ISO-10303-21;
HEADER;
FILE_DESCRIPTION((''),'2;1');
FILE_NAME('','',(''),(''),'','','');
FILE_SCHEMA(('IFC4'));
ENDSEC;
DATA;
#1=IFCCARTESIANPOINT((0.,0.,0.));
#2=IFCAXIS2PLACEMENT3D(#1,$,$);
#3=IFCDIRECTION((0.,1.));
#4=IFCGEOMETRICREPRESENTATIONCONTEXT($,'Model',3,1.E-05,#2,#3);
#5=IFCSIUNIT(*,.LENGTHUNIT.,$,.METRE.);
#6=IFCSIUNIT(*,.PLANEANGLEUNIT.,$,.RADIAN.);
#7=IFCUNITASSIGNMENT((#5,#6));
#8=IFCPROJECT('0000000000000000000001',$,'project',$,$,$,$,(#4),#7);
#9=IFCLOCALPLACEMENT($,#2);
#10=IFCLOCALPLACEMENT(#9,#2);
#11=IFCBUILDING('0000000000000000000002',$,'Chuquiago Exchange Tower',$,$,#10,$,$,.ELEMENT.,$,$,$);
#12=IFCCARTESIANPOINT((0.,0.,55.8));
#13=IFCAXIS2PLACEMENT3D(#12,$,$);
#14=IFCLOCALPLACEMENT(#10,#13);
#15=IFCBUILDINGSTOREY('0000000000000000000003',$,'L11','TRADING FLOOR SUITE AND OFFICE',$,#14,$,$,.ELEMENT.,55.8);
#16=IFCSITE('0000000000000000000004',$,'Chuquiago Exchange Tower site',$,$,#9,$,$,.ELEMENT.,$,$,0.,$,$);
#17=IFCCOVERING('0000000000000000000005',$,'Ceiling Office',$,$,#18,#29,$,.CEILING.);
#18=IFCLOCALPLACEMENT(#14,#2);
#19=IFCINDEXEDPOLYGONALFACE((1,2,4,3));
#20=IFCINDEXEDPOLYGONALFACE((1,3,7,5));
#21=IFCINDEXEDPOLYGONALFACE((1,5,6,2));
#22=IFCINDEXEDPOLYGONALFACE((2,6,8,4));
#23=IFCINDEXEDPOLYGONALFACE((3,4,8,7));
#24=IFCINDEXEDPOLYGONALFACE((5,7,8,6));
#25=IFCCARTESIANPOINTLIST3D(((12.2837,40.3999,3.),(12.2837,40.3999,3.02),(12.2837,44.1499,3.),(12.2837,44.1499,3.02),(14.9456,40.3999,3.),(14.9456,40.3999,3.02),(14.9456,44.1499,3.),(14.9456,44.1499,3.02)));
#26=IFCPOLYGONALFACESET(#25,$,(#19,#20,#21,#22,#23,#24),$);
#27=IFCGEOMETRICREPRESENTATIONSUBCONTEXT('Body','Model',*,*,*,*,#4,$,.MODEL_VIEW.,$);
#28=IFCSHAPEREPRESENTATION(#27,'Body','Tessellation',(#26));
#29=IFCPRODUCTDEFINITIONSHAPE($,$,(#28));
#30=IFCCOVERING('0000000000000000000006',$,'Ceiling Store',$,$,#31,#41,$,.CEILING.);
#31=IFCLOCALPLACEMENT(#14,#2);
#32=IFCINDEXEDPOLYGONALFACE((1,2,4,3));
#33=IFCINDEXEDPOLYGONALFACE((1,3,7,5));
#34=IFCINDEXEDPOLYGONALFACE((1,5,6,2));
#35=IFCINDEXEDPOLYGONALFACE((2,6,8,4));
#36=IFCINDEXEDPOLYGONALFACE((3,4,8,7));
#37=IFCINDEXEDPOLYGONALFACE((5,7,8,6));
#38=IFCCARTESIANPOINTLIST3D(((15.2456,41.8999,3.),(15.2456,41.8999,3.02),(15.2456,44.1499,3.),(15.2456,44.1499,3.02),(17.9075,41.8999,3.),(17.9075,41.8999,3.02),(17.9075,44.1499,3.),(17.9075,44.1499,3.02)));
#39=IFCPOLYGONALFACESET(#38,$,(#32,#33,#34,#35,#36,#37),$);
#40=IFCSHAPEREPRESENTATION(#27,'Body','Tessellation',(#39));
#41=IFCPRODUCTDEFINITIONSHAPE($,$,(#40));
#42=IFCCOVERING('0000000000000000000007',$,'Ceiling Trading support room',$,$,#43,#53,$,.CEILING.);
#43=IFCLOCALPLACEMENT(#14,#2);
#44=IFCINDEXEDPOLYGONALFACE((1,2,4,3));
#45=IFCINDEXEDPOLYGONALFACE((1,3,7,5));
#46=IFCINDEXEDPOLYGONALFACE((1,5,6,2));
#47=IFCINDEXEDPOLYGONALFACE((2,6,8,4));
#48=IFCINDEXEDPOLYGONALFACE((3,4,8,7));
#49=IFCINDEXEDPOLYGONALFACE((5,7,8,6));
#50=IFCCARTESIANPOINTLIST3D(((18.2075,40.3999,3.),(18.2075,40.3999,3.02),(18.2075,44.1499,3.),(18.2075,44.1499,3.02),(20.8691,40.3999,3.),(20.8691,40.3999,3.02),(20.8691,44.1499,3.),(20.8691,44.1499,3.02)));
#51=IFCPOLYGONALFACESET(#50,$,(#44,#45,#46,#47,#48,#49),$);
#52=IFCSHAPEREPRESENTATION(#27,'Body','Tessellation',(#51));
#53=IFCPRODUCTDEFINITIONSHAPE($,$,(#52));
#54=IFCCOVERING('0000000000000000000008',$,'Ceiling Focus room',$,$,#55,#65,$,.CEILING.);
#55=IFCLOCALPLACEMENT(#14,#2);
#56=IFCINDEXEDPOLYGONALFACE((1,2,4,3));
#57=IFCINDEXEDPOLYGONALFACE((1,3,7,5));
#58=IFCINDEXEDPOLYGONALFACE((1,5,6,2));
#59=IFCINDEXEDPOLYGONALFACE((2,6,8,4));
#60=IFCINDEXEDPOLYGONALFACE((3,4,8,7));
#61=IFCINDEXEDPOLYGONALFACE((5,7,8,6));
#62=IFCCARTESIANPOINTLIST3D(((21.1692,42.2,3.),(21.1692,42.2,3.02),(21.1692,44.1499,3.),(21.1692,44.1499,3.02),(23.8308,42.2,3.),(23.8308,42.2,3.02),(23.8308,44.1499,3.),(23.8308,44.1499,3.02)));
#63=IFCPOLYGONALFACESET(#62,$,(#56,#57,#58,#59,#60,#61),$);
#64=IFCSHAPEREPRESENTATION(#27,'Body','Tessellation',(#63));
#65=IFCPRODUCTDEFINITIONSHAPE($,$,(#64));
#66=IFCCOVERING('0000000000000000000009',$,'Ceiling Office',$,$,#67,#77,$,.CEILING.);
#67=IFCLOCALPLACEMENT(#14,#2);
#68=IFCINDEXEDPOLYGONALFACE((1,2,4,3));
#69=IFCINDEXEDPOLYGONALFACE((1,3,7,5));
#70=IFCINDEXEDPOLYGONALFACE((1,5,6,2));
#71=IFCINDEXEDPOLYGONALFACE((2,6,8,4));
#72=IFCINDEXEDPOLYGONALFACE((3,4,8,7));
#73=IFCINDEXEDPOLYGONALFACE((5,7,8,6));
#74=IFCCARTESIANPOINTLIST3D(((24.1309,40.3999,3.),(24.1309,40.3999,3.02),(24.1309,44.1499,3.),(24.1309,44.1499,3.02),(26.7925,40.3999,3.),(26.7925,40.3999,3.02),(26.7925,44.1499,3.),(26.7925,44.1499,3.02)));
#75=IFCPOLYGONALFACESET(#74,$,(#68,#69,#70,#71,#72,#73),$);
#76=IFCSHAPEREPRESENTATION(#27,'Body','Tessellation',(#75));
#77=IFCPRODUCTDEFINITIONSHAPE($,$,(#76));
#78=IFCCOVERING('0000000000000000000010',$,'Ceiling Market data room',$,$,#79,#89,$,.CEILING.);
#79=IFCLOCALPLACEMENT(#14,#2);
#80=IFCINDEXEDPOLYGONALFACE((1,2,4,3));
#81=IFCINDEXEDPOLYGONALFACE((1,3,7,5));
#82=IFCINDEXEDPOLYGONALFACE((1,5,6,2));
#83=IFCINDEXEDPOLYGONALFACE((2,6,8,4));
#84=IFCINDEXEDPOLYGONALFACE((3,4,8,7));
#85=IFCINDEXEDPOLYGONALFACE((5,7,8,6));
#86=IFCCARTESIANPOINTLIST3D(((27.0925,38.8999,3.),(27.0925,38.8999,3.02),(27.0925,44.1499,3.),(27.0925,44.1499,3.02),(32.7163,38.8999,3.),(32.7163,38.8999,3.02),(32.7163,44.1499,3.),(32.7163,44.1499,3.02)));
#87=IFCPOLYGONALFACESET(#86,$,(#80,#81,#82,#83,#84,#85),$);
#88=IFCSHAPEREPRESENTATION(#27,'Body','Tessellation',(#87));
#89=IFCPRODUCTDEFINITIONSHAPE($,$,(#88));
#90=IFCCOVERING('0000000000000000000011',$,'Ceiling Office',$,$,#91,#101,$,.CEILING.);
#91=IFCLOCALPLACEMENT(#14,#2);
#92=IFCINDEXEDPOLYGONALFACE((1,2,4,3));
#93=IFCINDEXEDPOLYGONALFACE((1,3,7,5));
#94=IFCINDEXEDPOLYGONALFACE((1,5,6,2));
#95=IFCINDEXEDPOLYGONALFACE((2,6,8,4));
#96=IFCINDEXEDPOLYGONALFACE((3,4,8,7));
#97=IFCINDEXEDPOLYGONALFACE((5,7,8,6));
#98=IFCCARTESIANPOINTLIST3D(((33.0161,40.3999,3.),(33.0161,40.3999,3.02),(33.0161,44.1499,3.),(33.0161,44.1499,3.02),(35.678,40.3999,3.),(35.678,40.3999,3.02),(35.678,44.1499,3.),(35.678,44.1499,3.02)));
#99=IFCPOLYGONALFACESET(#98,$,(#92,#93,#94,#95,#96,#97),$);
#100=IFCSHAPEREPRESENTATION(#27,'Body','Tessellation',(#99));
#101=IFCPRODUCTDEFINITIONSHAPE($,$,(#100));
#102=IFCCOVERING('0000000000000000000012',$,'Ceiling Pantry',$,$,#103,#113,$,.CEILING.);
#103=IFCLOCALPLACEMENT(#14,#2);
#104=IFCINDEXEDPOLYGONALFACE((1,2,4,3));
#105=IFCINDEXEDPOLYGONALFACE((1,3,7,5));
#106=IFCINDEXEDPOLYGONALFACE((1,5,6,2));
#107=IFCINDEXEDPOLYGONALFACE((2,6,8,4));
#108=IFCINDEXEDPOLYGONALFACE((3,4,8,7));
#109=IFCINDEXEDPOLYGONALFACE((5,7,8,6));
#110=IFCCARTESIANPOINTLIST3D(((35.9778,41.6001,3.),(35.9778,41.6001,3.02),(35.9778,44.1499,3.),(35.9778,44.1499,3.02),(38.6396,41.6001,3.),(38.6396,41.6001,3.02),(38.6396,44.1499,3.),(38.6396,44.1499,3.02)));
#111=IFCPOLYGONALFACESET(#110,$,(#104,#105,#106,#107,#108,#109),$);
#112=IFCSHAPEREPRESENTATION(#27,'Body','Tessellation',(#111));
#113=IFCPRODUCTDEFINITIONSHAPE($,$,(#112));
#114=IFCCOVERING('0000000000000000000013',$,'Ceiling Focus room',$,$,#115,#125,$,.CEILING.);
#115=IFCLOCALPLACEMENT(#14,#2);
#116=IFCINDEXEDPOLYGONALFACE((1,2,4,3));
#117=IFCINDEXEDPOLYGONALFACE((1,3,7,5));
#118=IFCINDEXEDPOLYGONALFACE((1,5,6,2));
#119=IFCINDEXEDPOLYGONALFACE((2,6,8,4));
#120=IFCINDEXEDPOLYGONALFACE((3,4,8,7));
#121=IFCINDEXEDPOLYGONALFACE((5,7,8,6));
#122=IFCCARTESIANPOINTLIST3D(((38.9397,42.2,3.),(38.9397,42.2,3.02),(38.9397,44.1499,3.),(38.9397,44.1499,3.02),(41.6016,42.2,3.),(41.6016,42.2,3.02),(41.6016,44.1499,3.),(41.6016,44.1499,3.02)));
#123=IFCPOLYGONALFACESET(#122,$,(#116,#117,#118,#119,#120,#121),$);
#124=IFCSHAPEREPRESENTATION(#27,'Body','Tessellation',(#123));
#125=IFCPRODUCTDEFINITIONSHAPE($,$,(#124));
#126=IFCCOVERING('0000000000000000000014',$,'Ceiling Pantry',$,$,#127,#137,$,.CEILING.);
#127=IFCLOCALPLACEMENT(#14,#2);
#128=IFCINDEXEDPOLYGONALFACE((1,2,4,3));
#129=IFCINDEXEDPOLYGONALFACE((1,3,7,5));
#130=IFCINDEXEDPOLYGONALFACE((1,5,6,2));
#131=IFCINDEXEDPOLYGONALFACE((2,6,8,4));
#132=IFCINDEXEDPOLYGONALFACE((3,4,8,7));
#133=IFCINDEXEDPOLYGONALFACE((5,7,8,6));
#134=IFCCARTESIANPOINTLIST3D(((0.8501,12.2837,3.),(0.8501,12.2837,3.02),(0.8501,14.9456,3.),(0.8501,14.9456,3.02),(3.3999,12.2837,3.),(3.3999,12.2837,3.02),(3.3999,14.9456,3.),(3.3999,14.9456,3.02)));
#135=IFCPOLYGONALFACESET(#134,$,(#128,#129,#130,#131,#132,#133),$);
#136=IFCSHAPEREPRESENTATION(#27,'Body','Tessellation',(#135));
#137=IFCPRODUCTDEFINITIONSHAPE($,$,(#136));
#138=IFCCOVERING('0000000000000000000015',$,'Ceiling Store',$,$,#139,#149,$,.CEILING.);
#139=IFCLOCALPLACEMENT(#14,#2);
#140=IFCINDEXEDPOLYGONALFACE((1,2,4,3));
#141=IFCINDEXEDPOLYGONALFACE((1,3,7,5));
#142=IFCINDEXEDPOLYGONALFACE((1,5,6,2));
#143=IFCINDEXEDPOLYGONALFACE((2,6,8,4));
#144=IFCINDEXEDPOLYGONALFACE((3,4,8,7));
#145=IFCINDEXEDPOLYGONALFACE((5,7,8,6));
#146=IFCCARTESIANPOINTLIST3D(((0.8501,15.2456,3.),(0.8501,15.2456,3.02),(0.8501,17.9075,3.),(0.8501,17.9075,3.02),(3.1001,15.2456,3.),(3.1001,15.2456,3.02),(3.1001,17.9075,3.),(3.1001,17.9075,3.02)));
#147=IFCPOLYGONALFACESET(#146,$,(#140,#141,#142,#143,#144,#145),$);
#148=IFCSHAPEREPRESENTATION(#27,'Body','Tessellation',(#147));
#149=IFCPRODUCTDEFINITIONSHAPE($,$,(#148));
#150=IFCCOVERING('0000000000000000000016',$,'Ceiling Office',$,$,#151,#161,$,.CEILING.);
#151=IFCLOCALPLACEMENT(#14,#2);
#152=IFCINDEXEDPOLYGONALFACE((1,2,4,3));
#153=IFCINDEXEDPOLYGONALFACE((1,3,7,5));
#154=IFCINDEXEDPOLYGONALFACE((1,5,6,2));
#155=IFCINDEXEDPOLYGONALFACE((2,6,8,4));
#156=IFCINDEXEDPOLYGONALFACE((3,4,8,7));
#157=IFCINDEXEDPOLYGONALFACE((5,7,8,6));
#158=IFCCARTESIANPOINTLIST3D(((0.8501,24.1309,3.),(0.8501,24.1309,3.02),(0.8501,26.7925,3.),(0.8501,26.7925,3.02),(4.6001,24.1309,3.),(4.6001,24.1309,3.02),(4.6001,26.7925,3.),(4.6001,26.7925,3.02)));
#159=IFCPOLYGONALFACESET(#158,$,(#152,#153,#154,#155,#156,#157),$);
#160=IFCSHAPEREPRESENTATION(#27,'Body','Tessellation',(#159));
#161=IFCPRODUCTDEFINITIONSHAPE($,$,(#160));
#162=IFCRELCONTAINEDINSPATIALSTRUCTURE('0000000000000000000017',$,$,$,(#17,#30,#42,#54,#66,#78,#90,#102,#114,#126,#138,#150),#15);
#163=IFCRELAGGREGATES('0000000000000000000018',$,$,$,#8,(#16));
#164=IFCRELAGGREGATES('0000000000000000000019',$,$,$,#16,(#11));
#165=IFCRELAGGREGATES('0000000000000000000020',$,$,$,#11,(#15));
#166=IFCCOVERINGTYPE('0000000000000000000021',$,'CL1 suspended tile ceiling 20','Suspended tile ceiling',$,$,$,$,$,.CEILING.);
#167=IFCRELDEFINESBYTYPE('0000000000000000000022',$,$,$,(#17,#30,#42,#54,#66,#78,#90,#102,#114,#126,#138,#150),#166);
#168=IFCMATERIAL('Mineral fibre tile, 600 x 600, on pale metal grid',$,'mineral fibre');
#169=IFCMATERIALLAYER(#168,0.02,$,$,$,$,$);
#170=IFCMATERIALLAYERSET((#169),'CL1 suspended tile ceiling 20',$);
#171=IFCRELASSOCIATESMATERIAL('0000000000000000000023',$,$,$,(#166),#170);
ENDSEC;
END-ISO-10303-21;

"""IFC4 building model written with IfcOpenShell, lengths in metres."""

from ifc_helpers import new_model, si_unit, direction, frame, origin, place, context, subcontext, project, spatial, polyline, outline, extrude, material, layer, layer_set, type_object, element, save


model = new_model("IFC4")

# Units and contexts
model_context = context("Model", 3, precision=1e-05, world=origin(), true_north=direction((0.0, 1.0)))
body_context = subcontext(model_context, "Body", "Model", "MODEL_VIEW")
ifc_project = project(units=[si_unit("LENGTHUNIT", "METRE"), si_unit("PLANEANGLEUNIT", "RADIAN")], contexts=[model_context])

# Site, building, storey
site_placement = place(None, origin())
site = spatial("IfcSite", under=ifc_project, at=site_placement, Name="Chuquiago Exchange Tower site", CompositionType="ELEMENT", RefElevation=0.0)
building_placement = place(site_placement, origin())
building = spatial("IfcBuilding", under=site, at=building_placement, Name="Chuquiago Exchange Tower", CompositionType="ELEMENT")
storey_placement = place(building_placement, frame((0.0, 0.0, 55.8)))
storey = spatial("IfcBuildingStorey", under=building, at=storey_placement, Name="L11", Description="TRADING FLOOR SUITE AND OFFICE", CompositionType="ELEMENT", Elevation=55.8)

# Coverings
ifc_material_1 = material(Name="Mineral fibre tile, 600 x 600, on pale metal grid", Category="mineral fibre")
ifc_layer_1 = layer(ifc_material_1, 0.02)
ifc_layer_set_1 = layer_set([ifc_layer_1], Name="CL1 suspended tile ceiling 20")
covering_type_1 = type_object("IfcCoveringType", Name="CL1 suspended tile ceiling 20", Description="Suspended tile ceiling", PredefinedType="CEILING", material=ifc_layer_set_1)
covering_1_placement = place(storey_placement, frame((0.0, 0.0, 3.0)))
element("IfcCovering", 1, at=covering_1_placement, inside=storey, type_object=covering_type_1, Name="Ceiling Office", PredefinedType="CEILING", context=body_context, shape_type="SweptSolid", body=[
    extrude(outline(polyline([(14.9456, 40.3999), (12.2837, 40.3999), (12.2837, 44.1499), (14.9456, 44.1499), (14.9456, 40.3999)])), origin(), (0.0, 0.0, 1.0), 0.02),
])
covering_2_placement = place(storey_placement, frame((0.0, 0.0, 3.0)))
element("IfcCovering", 2, at=covering_2_placement, inside=storey, type_object=covering_type_1, Name="Ceiling Store", PredefinedType="CEILING", context=body_context, shape_type="SweptSolid", body=[
    extrude(outline(polyline([(17.9075, 41.8999), (15.2456, 41.8999), (15.2456, 44.1499), (17.9075, 44.1499), (17.9075, 41.8999)])), origin(), (0.0, 0.0, 1.0), 0.02),
])
covering_3_placement = place(storey_placement, frame((0.0, 0.0, 3.0)))
element("IfcCovering", 3, at=covering_3_placement, inside=storey, type_object=covering_type_1, Name="Ceiling Trading support room", PredefinedType="CEILING", context=body_context, shape_type="SweptSolid", body=[
    extrude(outline(polyline([(20.8691, 40.3999), (18.2075, 40.3999), (18.2075, 44.1499), (20.8691, 44.1499), (20.8691, 40.3999)])), origin(), (0.0, 0.0, 1.0), 0.02),
])
covering_4_placement = place(storey_placement, frame((0.0, 0.0, 3.0)))
element("IfcCovering", 4, at=covering_4_placement, inside=storey, type_object=covering_type_1, Name="Ceiling Focus room", PredefinedType="CEILING", context=body_context, shape_type="SweptSolid", body=[
    extrude(outline(polyline([(23.8308, 42.2), (21.1692, 42.2), (21.1692, 44.1499), (23.8308, 44.1499), (23.8308, 42.2)])), origin(), (0.0, 0.0, 1.0), 0.02),
])
covering_5_placement = place(storey_placement, frame((0.0, 0.0, 3.0)))
element("IfcCovering", 5, at=covering_5_placement, inside=storey, type_object=covering_type_1, Name="Ceiling Office", PredefinedType="CEILING", context=body_context, shape_type="SweptSolid", body=[
    extrude(outline(polyline([(26.7925, 40.3999), (24.1309, 40.3999), (24.1309, 44.1499), (26.7925, 44.1499), (26.7925, 40.3999)])), origin(), (0.0, 0.0, 1.0), 0.02),
])
covering_6_placement = place(storey_placement, frame((0.0, 0.0, 3.0)))
element("IfcCovering", 6, at=covering_6_placement, inside=storey, type_object=covering_type_1, Name="Ceiling Market data room", PredefinedType="CEILING", context=body_context, shape_type="SweptSolid", body=[
    extrude(outline(polyline([(32.7163, 38.8999), (27.0925, 38.8999), (27.0925, 44.1499), (32.7163, 44.1499), (32.7163, 38.8999)])), origin(), (0.0, 0.0, 1.0), 0.02),
])
covering_7_placement = place(storey_placement, frame((0.0, 0.0, 3.0)))
element("IfcCovering", 7, at=covering_7_placement, inside=storey, type_object=covering_type_1, Name="Ceiling Office", PredefinedType="CEILING", context=body_context, shape_type="SweptSolid", body=[
    extrude(outline(polyline([(35.678, 40.3999), (33.0161, 40.3999), (33.0161, 44.1499), (35.678, 44.1499), (35.678, 40.3999)])), origin(), (0.0, 0.0, 1.0), 0.02),
])
covering_8_placement = place(storey_placement, frame((0.0, 0.0, 3.0)))
element("IfcCovering", 8, at=covering_8_placement, inside=storey, type_object=covering_type_1, Name="Ceiling Pantry", PredefinedType="CEILING", context=body_context, shape_type="SweptSolid", body=[
    extrude(outline(polyline([(38.6396, 41.6001), (35.9778, 41.6001), (35.9778, 44.1499), (38.6396, 44.1499), (38.6396, 41.6001)])), origin(), (0.0, 0.0, 1.0), 0.02),
])
covering_9_placement = place(storey_placement, frame((0.0, 0.0, 3.0)))
element("IfcCovering", 9, at=covering_9_placement, inside=storey, type_object=covering_type_1, Name="Ceiling Focus room", PredefinedType="CEILING", context=body_context, shape_type="SweptSolid", body=[
    extrude(outline(polyline([(41.6016, 42.2), (38.9397, 42.2), (38.9397, 44.1499), (41.6016, 44.1499), (41.6016, 42.2)])), origin(), (0.0, 0.0, 1.0), 0.02),
])
covering_10_placement = place(storey_placement, frame((0.0, 0.0, 3.0)))
element("IfcCovering", 10, at=covering_10_placement, inside=storey, type_object=covering_type_1, Name="Ceiling Pantry", PredefinedType="CEILING", context=body_context, shape_type="SweptSolid", body=[
    extrude(outline(polyline([(3.3999, 14.9456), (3.3999, 12.2837), (0.8501, 12.2837), (0.8501, 14.9456), (3.3999, 14.9456)])), origin(), (0.0, 0.0, 1.0), 0.02),
])
covering_11_placement = place(storey_placement, frame((0.0, 0.0, 3.0)))
element("IfcCovering", 11, at=covering_11_placement, inside=storey, type_object=covering_type_1, Name="Ceiling Store", PredefinedType="CEILING", context=body_context, shape_type="SweptSolid", body=[
    extrude(outline(polyline([(3.1001, 17.9075), (3.1001, 15.2456), (0.8501, 15.2456), (0.8501, 17.9075), (3.1001, 17.9075)])), origin(), (0.0, 0.0, 1.0), 0.02),
])
covering_12_placement = place(storey_placement, frame((0.0, 0.0, 3.0)))
element("IfcCovering", 12, at=covering_12_placement, inside=storey, type_object=covering_type_1, Name="Ceiling Office", PredefinedType="CEILING", context=body_context, shape_type="SweptSolid", body=[
    extrude(outline(polyline([(4.6001, 26.7925), (4.6001, 24.1309), (0.8501, 24.1309), (0.8501, 26.7925), (4.6001, 26.7925)])), origin(), (0.0, 0.0, 1.0), 0.02),
])

save(model, "model.ifc")
